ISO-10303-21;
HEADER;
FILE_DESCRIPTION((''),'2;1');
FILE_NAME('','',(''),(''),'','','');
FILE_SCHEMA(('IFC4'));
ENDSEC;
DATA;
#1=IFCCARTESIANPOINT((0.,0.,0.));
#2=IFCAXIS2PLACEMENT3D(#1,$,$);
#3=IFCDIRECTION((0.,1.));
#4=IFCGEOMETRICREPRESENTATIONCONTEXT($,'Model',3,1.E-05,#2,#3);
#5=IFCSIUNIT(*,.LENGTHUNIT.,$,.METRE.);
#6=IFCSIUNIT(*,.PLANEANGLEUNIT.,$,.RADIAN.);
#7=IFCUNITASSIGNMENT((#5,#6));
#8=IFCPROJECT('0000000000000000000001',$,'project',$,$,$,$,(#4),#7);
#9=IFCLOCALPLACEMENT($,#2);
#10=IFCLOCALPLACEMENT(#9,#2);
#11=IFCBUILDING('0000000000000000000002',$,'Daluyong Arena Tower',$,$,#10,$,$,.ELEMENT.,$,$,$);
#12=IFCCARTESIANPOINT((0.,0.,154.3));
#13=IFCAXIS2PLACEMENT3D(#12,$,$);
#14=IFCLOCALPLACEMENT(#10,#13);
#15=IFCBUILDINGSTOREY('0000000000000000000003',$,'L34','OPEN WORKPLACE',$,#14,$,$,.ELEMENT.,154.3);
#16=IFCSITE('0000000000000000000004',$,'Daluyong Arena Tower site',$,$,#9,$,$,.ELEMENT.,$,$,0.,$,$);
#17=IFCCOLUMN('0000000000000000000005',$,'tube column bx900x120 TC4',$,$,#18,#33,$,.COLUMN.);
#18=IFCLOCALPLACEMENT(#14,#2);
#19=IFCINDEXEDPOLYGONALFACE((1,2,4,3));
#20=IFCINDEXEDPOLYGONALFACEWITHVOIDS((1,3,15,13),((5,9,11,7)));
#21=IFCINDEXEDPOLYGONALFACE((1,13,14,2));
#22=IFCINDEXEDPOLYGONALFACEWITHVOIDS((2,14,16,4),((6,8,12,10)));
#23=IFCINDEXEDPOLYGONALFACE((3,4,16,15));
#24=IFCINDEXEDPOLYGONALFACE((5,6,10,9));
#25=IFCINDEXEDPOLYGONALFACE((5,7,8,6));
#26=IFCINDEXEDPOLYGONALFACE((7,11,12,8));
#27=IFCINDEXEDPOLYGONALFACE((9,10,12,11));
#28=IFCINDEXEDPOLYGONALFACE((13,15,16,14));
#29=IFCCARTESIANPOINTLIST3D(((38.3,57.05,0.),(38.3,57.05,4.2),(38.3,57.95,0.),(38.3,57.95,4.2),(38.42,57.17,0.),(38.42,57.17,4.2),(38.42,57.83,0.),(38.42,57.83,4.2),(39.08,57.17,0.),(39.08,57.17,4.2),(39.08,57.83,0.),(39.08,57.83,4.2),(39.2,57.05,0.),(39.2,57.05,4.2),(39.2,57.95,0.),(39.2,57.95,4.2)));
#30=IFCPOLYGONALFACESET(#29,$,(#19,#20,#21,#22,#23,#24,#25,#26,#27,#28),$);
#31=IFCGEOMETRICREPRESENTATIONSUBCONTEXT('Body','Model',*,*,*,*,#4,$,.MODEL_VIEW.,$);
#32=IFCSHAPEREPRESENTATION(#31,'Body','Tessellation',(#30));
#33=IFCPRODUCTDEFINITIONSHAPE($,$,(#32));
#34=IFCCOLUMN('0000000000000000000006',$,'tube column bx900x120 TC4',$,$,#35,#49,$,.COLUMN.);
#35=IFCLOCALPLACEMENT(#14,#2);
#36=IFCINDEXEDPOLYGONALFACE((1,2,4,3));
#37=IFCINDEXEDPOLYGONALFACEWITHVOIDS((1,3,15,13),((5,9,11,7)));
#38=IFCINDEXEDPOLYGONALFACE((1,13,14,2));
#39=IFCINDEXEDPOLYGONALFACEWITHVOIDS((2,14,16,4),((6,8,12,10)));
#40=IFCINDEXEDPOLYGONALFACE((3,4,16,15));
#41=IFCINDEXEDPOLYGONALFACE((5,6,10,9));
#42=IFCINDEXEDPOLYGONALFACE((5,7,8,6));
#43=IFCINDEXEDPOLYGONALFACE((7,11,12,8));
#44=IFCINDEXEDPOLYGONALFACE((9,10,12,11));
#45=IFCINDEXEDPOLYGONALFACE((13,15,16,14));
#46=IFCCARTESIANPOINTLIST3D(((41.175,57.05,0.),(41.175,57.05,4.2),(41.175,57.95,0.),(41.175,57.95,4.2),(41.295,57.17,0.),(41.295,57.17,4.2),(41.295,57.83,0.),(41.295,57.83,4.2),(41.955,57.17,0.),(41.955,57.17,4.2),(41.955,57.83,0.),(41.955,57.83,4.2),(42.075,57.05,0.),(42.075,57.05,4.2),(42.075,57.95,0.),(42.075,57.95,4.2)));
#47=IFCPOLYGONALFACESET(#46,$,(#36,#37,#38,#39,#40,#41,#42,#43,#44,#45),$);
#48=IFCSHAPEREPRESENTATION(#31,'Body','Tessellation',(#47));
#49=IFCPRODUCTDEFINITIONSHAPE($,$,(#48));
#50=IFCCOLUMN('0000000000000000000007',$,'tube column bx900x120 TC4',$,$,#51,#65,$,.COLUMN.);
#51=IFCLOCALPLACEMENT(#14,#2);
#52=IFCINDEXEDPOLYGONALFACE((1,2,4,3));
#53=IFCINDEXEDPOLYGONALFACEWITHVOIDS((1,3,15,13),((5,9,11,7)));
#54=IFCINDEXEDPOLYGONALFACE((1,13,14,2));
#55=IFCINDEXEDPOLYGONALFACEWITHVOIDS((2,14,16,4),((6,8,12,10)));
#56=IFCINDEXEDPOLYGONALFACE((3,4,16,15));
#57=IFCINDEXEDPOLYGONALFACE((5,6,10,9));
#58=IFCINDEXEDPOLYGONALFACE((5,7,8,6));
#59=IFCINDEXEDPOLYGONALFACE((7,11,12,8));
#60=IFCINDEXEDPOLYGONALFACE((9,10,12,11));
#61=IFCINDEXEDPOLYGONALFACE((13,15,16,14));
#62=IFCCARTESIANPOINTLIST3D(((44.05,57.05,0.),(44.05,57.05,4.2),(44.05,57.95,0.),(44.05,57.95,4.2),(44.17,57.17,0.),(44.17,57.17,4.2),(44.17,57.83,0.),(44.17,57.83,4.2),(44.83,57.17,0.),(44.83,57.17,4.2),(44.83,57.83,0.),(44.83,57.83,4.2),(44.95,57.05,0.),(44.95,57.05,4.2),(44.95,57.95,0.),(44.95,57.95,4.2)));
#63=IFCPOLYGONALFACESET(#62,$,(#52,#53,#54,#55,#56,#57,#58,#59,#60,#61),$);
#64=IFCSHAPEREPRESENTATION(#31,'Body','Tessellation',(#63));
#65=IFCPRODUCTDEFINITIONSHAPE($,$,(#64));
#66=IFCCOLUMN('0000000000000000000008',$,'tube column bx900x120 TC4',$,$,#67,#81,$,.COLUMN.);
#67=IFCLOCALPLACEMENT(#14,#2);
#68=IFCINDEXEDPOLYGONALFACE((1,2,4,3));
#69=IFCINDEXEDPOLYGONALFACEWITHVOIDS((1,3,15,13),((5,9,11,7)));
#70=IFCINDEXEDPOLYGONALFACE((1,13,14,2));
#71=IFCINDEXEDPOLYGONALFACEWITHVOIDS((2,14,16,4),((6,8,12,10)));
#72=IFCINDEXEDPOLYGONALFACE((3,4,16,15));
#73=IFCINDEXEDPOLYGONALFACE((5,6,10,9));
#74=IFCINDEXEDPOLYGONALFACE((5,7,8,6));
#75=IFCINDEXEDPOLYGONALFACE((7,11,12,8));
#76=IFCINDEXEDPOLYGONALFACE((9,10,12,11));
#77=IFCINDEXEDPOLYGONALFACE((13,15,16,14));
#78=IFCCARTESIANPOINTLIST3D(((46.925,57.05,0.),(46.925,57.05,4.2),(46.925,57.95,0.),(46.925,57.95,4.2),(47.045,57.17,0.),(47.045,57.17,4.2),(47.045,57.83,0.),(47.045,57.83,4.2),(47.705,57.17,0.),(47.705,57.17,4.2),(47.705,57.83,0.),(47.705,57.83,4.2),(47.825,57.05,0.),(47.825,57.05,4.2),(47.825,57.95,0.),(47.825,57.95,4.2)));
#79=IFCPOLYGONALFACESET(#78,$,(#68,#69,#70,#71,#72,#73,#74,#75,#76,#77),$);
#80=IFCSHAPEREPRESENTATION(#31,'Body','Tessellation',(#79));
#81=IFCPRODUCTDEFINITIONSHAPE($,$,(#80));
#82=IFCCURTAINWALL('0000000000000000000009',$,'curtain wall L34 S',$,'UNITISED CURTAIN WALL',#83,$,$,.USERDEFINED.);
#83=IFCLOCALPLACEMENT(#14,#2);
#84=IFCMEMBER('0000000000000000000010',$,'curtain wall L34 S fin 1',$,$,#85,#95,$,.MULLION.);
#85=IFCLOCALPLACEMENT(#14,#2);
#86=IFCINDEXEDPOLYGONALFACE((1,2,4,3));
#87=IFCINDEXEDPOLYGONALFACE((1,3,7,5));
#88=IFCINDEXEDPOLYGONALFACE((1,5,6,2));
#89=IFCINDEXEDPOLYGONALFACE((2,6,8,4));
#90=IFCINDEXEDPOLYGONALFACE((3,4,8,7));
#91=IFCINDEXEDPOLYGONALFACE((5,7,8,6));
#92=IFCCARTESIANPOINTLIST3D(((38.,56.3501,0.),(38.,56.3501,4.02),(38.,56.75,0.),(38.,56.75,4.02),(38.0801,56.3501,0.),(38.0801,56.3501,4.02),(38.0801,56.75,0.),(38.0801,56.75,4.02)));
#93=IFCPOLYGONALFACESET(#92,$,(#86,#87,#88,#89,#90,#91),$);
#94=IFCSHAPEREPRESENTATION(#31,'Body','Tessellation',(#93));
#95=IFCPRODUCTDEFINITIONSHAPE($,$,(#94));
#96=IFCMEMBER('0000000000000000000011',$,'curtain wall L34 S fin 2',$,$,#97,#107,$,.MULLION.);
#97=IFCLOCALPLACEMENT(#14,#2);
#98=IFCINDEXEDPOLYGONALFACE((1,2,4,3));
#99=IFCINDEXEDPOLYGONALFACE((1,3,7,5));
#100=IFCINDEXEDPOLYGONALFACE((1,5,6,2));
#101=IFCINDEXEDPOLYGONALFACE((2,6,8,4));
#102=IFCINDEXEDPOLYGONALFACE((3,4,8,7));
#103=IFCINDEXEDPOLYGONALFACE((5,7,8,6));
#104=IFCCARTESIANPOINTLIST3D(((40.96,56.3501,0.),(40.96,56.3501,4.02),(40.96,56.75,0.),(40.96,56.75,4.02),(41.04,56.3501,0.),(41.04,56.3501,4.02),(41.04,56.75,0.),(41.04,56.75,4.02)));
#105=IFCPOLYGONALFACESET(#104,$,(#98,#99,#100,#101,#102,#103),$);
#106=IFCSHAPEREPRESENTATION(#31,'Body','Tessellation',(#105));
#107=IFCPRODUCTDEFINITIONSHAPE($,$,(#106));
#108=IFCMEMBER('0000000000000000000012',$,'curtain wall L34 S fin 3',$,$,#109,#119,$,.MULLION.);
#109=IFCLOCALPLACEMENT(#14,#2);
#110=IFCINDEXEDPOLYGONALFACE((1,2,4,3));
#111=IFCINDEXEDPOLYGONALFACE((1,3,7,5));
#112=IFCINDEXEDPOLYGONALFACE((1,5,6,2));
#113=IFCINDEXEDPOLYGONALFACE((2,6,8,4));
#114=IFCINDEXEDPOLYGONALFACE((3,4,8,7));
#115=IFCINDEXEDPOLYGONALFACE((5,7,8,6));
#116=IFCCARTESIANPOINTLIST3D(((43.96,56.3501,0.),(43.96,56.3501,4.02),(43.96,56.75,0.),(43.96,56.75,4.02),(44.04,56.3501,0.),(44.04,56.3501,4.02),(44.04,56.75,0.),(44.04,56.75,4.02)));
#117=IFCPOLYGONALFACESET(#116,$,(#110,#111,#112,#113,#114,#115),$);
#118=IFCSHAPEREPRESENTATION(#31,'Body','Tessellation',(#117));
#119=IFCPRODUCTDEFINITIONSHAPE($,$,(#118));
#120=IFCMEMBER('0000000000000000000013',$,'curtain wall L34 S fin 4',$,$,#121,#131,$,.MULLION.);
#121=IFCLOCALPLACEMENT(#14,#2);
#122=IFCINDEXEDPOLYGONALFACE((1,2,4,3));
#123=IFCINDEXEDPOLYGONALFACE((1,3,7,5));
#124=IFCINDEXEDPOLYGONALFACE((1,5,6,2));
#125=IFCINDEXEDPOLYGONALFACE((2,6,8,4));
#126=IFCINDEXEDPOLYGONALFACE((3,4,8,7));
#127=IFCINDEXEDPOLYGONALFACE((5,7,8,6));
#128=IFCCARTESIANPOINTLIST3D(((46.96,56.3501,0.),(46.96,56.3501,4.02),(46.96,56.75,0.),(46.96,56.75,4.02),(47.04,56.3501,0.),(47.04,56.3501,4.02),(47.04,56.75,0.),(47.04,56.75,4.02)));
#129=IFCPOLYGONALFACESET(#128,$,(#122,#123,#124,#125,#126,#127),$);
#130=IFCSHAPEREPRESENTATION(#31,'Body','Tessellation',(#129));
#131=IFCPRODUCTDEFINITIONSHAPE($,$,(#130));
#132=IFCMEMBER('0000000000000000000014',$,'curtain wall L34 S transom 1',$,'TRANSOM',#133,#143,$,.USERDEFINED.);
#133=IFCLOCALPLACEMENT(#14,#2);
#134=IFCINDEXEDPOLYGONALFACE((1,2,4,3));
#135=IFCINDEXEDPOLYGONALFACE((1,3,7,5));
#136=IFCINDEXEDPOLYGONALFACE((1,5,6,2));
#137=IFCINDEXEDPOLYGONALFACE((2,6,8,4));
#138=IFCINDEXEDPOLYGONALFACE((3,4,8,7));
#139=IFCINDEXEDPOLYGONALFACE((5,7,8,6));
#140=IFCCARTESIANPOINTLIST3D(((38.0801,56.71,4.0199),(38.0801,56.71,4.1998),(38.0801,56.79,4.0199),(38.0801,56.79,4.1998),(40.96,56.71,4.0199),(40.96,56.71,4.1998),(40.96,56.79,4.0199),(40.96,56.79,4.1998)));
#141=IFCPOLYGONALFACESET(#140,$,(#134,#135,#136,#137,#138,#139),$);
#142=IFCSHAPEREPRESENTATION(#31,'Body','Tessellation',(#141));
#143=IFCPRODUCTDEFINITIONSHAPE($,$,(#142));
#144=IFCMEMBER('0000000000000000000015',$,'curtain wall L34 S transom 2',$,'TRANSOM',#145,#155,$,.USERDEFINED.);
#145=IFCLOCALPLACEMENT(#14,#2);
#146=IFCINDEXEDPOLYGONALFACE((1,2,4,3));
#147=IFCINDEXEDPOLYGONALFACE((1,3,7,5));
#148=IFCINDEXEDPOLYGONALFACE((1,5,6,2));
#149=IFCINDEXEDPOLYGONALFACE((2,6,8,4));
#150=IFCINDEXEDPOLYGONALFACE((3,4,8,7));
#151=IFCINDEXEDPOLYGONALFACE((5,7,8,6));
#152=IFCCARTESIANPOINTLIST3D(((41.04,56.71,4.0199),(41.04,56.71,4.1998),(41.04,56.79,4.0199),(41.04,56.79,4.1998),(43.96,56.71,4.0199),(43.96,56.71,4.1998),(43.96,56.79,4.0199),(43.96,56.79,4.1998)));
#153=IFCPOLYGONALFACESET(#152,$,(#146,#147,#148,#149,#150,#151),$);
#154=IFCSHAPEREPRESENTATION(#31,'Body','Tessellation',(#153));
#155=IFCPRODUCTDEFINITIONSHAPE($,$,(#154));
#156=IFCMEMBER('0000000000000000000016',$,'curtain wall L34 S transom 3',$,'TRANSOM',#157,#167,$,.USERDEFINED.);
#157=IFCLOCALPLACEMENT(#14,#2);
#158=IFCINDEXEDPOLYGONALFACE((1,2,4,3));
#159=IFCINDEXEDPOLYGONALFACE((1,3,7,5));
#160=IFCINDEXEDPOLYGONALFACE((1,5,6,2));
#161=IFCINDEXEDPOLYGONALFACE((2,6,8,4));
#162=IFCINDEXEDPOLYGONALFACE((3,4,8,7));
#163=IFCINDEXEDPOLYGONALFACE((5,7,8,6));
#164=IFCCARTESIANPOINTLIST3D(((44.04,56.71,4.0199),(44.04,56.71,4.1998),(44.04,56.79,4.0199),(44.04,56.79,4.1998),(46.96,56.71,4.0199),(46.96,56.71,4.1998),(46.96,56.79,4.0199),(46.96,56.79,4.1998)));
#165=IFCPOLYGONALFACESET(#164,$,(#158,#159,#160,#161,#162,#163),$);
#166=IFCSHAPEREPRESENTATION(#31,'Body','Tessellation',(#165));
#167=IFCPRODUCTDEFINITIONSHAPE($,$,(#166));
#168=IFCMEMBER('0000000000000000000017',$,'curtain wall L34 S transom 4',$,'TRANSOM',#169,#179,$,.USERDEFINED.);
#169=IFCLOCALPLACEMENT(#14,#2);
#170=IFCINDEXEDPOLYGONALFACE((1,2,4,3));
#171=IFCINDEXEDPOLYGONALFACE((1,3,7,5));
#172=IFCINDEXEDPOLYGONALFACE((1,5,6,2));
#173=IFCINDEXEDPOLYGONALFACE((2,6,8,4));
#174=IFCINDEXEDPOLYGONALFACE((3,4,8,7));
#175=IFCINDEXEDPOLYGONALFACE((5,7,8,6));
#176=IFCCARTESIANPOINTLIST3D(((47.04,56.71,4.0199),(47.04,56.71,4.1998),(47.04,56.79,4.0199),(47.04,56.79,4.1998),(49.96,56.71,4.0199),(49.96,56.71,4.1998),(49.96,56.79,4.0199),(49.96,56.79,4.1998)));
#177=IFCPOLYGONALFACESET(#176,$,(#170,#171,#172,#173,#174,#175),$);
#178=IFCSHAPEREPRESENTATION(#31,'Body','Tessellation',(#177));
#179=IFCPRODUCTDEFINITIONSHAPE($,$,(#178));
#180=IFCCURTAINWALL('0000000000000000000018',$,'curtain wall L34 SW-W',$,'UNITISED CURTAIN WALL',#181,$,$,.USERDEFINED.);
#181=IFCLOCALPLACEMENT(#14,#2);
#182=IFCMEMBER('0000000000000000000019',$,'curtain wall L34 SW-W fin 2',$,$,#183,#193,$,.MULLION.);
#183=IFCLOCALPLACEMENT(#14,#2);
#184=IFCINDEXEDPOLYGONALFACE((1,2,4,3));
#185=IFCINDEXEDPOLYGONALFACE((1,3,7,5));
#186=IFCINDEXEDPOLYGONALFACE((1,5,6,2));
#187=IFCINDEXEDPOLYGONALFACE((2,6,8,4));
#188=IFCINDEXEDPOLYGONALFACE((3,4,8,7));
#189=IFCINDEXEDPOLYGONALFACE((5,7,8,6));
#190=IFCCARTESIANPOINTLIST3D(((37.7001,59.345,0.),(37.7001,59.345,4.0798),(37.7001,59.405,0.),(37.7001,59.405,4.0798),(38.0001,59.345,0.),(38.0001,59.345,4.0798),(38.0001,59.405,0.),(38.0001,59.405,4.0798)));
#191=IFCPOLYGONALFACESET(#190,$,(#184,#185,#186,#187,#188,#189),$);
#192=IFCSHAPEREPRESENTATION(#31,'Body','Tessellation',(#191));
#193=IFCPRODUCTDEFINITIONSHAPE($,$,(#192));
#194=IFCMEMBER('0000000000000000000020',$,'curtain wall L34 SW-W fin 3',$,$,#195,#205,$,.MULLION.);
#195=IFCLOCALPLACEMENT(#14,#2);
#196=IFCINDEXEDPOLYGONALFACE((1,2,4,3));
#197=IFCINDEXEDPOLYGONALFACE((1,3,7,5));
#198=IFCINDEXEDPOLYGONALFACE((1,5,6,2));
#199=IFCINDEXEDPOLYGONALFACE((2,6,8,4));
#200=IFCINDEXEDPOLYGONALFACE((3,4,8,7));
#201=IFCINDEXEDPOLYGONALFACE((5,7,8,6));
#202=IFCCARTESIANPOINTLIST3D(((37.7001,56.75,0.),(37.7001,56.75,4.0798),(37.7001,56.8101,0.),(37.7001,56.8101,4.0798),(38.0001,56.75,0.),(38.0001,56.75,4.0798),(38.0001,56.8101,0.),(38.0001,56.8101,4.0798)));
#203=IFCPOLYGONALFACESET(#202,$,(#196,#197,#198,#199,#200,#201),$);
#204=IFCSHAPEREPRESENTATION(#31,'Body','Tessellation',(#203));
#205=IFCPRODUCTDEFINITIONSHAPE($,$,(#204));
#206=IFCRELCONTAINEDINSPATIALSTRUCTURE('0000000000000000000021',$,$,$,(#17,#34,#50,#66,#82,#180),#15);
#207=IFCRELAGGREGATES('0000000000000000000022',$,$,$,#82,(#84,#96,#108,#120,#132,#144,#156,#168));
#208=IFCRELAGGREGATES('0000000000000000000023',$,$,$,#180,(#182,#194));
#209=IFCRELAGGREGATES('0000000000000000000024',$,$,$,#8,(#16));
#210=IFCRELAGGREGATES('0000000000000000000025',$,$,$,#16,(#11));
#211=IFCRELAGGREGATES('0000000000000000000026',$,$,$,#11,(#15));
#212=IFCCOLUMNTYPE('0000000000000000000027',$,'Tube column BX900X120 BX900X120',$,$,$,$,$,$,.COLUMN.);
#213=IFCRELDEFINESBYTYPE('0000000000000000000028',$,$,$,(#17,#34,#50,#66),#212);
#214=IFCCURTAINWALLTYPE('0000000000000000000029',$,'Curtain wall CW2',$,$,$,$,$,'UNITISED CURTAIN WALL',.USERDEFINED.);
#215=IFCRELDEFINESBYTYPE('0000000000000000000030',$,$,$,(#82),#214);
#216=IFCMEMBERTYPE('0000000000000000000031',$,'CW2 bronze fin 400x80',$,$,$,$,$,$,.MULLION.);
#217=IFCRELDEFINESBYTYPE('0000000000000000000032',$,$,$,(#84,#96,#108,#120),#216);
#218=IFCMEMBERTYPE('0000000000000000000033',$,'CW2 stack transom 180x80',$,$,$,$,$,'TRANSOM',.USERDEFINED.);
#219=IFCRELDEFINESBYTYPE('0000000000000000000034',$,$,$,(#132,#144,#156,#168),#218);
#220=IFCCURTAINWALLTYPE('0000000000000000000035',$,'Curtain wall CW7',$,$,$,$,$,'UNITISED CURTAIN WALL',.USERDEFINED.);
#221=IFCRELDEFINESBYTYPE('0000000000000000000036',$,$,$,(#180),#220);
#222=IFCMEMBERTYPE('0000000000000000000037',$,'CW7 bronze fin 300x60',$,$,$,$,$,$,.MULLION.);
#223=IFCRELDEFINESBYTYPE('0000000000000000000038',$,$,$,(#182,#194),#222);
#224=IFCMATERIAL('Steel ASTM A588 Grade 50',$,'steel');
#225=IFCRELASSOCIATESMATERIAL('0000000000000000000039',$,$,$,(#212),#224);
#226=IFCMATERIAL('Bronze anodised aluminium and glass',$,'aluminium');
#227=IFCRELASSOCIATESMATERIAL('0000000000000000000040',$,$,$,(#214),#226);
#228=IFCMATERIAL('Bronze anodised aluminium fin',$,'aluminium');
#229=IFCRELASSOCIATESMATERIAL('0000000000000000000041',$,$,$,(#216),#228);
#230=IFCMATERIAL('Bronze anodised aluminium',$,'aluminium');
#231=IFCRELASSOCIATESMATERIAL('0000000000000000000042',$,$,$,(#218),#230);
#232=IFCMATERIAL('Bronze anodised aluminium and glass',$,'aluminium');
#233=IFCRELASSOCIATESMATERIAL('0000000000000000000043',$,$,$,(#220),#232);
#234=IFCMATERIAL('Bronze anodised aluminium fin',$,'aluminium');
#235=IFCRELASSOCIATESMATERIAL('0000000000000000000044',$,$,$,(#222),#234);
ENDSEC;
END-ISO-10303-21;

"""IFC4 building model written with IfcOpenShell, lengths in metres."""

from ifc_helpers import new_model, si_unit, direction, frame, origin, origin_2d, place, context, subcontext, project, spatial, rectangle, hollow_rectangle, extrude, material, material_profile, profile_set, type_object, element, aggregate, save


model = new_model("IFC4")

# Units and contexts
model_context = context("Model", 3, precision=1e-05, world=origin(), true_north=direction((0.0, 1.0)))
body_context = subcontext(model_context, "Body", "Model", "MODEL_VIEW")
ifc_project = project(units=[si_unit("LENGTHUNIT", "METRE"), si_unit("PLANEANGLEUNIT", "RADIAN")], contexts=[model_context])

# Site, building, storey
site_placement = place(None, origin())
site = spatial("IfcSite", under=ifc_project, at=site_placement, Name="Daluyong Arena Tower site", CompositionType="ELEMENT", RefElevation=0.0)
building_placement = place(site_placement, origin())
building = spatial("IfcBuilding", under=site, at=building_placement, Name="Daluyong Arena Tower", CompositionType="ELEMENT")
storey_placement = place(building_placement, frame((0.0, 0.0, 154.3)))
storey = spatial("IfcBuildingStorey", under=building, at=storey_placement, Name="L34", Description="OPEN WORKPLACE", CompositionType="ELEMENT", Elevation=154.3)

# Columns
ifc_material_1 = material(Name="Steel ASTM A588 Grade 50", Category="steel")
ifc_material_profile_1 = material_profile(ifc_material_1, hollow_rectangle(XDim=0.8999, YDim=0.8999, WallThickness=0.12, at=origin_2d()))
ifc_profile_set_1 = profile_set([ifc_material_profile_1], Name="Steel ASTM A588 Grade 50")
column_type = type_object("IfcColumnType", Name="Tube column BX900X120 BX900X120", PredefinedType="COLUMN", material=ifc_profile_set_1)
for number, where, z_axis, x_axis, name in (
    (1, (38.75, 57.5, 0.0), (0.0, 0.0, 1.0), (1.0, 0.0, 0.0), "tube column bx900x120 TC4"),
    (2, (41.625, 57.5, 0.0), (0.0, 0.0, 1.0), (1.0, 0.0, 0.0), "tube column bx900x120 TC4"),
    (3, (44.5, 57.5, 0.0), (0.0, 0.0, 1.0), (1.0, 0.0, 0.0), "tube column bx900x120 TC4"),
    (4, (47.375, 57.5, 0.0), (0.0, 0.0, 1.0), (1.0, 0.0, 0.0), "tube column bx900x120 TC4"),
):
    element("IfcColumn", number, at=place(storey_placement, frame(where, z_axis=z_axis, x_axis=x_axis)), inside=storey, type_object=column_type, Name=name, PredefinedType="COLUMN", context=body_context, shape_type="SweptSolid", body=[
        extrude(hollow_rectangle(XDim=0.8999, YDim=0.8999, WallThickness=0.12, at=origin_2d()), origin(), (0.0, 0.0, 1.0), 4.2),
    ])

# Curtain walls, members
ifc_material_2 = material(Name="Bronze anodised aluminium and glass", Category="aluminium")
curtain_wall_type_1 = type_object("IfcCurtainWallType", Name="Curtain wall CW2", ElementType="UNITISED CURTAIN WALL", PredefinedType="USERDEFINED", material=ifc_material_2)
curtain_wall_1_placement = place(storey_placement, origin())
curtain_wall_1 = element("IfcCurtainWall", 5, at=curtain_wall_1_placement, inside=storey, type_object=curtain_wall_type_1, Name="curtain wall L34 S", ObjectType="UNITISED CURTAIN WALL", PredefinedType="USERDEFINED")
ifc_material_3 = material(Name="Bronze anodised aluminium fin", Category="aluminium")
ifc_material_profile_2 = material_profile(ifc_material_3, rectangle(XDim=0.3999, YDim=0.0801, at=origin_2d()))
ifc_profile_set_2 = profile_set([ifc_material_profile_2], Name="Bronze anodised aluminium fin")
member_type_1 = type_object("IfcMemberType", Name="CW2 bronze fin 400x80", PredefinedType="MULLION", material=ifc_profile_set_2)
member_1_placement = place(storey_placement, frame((38.04, 56.55, 0.0), z_axis=(0.0, 0.0, 1.0), x_axis=(0.0, 1.0, 0.0)))
member_1 = element("IfcMember", 6, at=member_1_placement, type_object=member_type_1, Name="curtain wall L34 S fin 1", PredefinedType="MULLION", context=body_context, shape_type="SweptSolid", body=[
    extrude(rectangle(XDim=0.3999, YDim=0.0801, at=origin_2d()), origin(), (0.0, 0.0, 1.0), 4.02),
])
member_2_placement = place(storey_placement, frame((41.0, 56.55, 0.0), z_axis=(0.0, 0.0, 1.0), x_axis=(0.0, 1.0, 0.0)))
member_2 = element("IfcMember", 7, at=member_2_placement, type_object=member_type_1, Name="curtain wall L34 S fin 2", PredefinedType="MULLION", context=body_context, shape_type="SweptSolid", body=[
    extrude(rectangle(XDim=0.3999, YDim=0.0801, at=origin_2d()), origin(), (0.0, 0.0, 1.0), 4.02),
])
member_3_placement = place(storey_placement, frame((44.0, 56.55, 0.0), z_axis=(0.0, 0.0, 1.0), x_axis=(0.0, 1.0, 0.0)))
member_3 = element("IfcMember", 8, at=member_3_placement, type_object=member_type_1, Name="curtain wall L34 S fin 3", PredefinedType="MULLION", context=body_context, shape_type="SweptSolid", body=[
    extrude(rectangle(XDim=0.3999, YDim=0.0801, at=origin_2d()), origin(), (0.0, 0.0, 1.0), 4.02),
])
member_4_placement = place(storey_placement, frame((47.0, 56.55, 0.0), z_axis=(0.0, 0.0, 1.0), x_axis=(0.0, 1.0, 0.0)))
member_4 = element("IfcMember", 9, at=member_4_placement, type_object=member_type_1, Name="curtain wall L34 S fin 4", PredefinedType="MULLION", context=body_context, shape_type="SweptSolid", body=[
    extrude(rectangle(XDim=0.3999, YDim=0.0801, at=origin_2d()), origin(), (0.0, 0.0, 1.0), 4.02),
])
ifc_material_4 = material(Name="Bronze anodised aluminium", Category="aluminium")
ifc_material_profile_3 = material_profile(ifc_material_4, rectangle(XDim=0.0801, YDim=0.1799, at=origin_2d()))
ifc_profile_set_3 = profile_set([ifc_material_profile_3], Name="Bronze anodised aluminium")
member_type_2 = type_object("IfcMemberType", Name="CW2 stack transom 180x80", ElementType="TRANSOM", PredefinedType="USERDEFINED", material=ifc_profile_set_3)
member_5_placement = place(storey_placement, frame((38.0801, 56.75, 4.1099), z_axis=(1.0, 0.0, 0.0), x_axis=(0.0, 1.0, 0.0)))
member_5 = element("IfcMember", 10, at=member_5_placement, type_object=member_type_2, Name="curtain wall L34 S transom 1", ObjectType="TRANSOM", PredefinedType="USERDEFINED", context=body_context, shape_type="SweptSolid", body=[
    extrude(rectangle(XDim=0.0801, YDim=0.1799, at=origin_2d()), origin(), (0.0, 0.0, 1.0), 2.8799),
])
member_6_placement = place(storey_placement, frame((41.04, 56.75, 4.1099), z_axis=(1.0, 0.0, 0.0), x_axis=(0.0, 1.0, 0.0)))
member_6 = element("IfcMember", 11, at=member_6_placement, type_object=member_type_2, Name="curtain wall L34 S transom 2", ObjectType="TRANSOM", PredefinedType="USERDEFINED", context=body_context, shape_type="SweptSolid", body=[
    extrude(rectangle(XDim=0.0801, YDim=0.1799, at=origin_2d()), origin(), (0.0, 0.0, 1.0), 2.9199),
])
member_7_placement = place(storey_placement, frame((44.04, 56.75, 4.1099), z_axis=(1.0, 0.0, 0.0), x_axis=(0.0, 1.0, 0.0)))
member_7 = element("IfcMember", 12, at=member_7_placement, type_object=member_type_2, Name="curtain wall L34 S transom 3", ObjectType="TRANSOM", PredefinedType="USERDEFINED", context=body_context, shape_type="SweptSolid", body=[
    extrude(rectangle(XDim=0.0801, YDim=0.1799, at=origin_2d()), origin(), (0.0, 0.0, 1.0), 2.9199),
])
member_8_placement = place(storey_placement, frame((47.04, 56.75, 4.1099), z_axis=(1.0, 0.0, 0.0), x_axis=(0.0, 1.0, 0.0)))
member_8 = element("IfcMember", 13, at=member_8_placement, type_object=member_type_2, Name="curtain wall L34 S transom 4", ObjectType="TRANSOM", PredefinedType="USERDEFINED", context=body_context, shape_type="SweptSolid", body=[
    extrude(rectangle(XDim=0.0801, YDim=0.1799, at=origin_2d()), origin(), (0.0, 0.0, 1.0), 2.9199),
])
ifc_material_5 = material(Name="Bronze anodised aluminium and glass", Category="aluminium")
curtain_wall_type_2 = type_object("IfcCurtainWallType", Name="Curtain wall CW7", ElementType="UNITISED CURTAIN WALL", PredefinedType="USERDEFINED", material=ifc_material_5)
curtain_wall_2_placement = place(storey_placement, origin())
curtain_wall_2 = element("IfcCurtainWall", 14, at=curtain_wall_2_placement, inside=storey, type_object=curtain_wall_type_2, Name="curtain wall L34 SW-W", ObjectType="UNITISED CURTAIN WALL", PredefinedType="USERDEFINED")
ifc_material_6 = material(Name="Bronze anodised aluminium fin", Category="aluminium")
ifc_material_profile_4 = material_profile(ifc_material_6, rectangle(XDim=0.3, YDim=0.0601, at=origin_2d()))
ifc_profile_set_4 = profile_set([ifc_material_profile_4], Name="Bronze anodised aluminium fin")
member_type_3 = type_object("IfcMemberType", Name="CW7 bronze fin 300x60", PredefinedType="MULLION", material=ifc_profile_set_4)
member_9_placement = place(storey_placement, frame((37.8501, 59.375, 0.0), z_axis=(0.0, 0.0, 1.0), x_axis=(1.0, 0.0, 0.0)))
member_9 = element("IfcMember", 15, at=member_9_placement, type_object=member_type_3, Name="curtain wall L34 SW-W fin 2", PredefinedType="MULLION", context=body_context, shape_type="SweptSolid", body=[
    extrude(rectangle(XDim=0.3, YDim=0.0601, at=origin_2d()), origin(), (0.0, 0.0, 1.0), 4.0798),
])
member_10_placement = place(storey_placement, frame((37.8501, 56.78, 0.0), z_axis=(0.0, 0.0, 1.0), x_axis=(1.0, 0.0, 0.0)))
member_10 = element("IfcMember", 16, at=member_10_placement, type_object=member_type_3, Name="curtain wall L34 SW-W fin 3", PredefinedType="MULLION", context=body_context, shape_type="SweptSolid", body=[
    extrude(rectangle(XDim=0.3, YDim=0.0601, at=origin_2d()), origin(), (0.0, 0.0, 1.0), 4.0798),
])

aggregate(curtain_wall_1, [member_1, member_2, member_3, member_4, member_5, member_6, member_7, member_8])
aggregate(curtain_wall_2, [member_9, member_10])

save(model, "model.ifc")
